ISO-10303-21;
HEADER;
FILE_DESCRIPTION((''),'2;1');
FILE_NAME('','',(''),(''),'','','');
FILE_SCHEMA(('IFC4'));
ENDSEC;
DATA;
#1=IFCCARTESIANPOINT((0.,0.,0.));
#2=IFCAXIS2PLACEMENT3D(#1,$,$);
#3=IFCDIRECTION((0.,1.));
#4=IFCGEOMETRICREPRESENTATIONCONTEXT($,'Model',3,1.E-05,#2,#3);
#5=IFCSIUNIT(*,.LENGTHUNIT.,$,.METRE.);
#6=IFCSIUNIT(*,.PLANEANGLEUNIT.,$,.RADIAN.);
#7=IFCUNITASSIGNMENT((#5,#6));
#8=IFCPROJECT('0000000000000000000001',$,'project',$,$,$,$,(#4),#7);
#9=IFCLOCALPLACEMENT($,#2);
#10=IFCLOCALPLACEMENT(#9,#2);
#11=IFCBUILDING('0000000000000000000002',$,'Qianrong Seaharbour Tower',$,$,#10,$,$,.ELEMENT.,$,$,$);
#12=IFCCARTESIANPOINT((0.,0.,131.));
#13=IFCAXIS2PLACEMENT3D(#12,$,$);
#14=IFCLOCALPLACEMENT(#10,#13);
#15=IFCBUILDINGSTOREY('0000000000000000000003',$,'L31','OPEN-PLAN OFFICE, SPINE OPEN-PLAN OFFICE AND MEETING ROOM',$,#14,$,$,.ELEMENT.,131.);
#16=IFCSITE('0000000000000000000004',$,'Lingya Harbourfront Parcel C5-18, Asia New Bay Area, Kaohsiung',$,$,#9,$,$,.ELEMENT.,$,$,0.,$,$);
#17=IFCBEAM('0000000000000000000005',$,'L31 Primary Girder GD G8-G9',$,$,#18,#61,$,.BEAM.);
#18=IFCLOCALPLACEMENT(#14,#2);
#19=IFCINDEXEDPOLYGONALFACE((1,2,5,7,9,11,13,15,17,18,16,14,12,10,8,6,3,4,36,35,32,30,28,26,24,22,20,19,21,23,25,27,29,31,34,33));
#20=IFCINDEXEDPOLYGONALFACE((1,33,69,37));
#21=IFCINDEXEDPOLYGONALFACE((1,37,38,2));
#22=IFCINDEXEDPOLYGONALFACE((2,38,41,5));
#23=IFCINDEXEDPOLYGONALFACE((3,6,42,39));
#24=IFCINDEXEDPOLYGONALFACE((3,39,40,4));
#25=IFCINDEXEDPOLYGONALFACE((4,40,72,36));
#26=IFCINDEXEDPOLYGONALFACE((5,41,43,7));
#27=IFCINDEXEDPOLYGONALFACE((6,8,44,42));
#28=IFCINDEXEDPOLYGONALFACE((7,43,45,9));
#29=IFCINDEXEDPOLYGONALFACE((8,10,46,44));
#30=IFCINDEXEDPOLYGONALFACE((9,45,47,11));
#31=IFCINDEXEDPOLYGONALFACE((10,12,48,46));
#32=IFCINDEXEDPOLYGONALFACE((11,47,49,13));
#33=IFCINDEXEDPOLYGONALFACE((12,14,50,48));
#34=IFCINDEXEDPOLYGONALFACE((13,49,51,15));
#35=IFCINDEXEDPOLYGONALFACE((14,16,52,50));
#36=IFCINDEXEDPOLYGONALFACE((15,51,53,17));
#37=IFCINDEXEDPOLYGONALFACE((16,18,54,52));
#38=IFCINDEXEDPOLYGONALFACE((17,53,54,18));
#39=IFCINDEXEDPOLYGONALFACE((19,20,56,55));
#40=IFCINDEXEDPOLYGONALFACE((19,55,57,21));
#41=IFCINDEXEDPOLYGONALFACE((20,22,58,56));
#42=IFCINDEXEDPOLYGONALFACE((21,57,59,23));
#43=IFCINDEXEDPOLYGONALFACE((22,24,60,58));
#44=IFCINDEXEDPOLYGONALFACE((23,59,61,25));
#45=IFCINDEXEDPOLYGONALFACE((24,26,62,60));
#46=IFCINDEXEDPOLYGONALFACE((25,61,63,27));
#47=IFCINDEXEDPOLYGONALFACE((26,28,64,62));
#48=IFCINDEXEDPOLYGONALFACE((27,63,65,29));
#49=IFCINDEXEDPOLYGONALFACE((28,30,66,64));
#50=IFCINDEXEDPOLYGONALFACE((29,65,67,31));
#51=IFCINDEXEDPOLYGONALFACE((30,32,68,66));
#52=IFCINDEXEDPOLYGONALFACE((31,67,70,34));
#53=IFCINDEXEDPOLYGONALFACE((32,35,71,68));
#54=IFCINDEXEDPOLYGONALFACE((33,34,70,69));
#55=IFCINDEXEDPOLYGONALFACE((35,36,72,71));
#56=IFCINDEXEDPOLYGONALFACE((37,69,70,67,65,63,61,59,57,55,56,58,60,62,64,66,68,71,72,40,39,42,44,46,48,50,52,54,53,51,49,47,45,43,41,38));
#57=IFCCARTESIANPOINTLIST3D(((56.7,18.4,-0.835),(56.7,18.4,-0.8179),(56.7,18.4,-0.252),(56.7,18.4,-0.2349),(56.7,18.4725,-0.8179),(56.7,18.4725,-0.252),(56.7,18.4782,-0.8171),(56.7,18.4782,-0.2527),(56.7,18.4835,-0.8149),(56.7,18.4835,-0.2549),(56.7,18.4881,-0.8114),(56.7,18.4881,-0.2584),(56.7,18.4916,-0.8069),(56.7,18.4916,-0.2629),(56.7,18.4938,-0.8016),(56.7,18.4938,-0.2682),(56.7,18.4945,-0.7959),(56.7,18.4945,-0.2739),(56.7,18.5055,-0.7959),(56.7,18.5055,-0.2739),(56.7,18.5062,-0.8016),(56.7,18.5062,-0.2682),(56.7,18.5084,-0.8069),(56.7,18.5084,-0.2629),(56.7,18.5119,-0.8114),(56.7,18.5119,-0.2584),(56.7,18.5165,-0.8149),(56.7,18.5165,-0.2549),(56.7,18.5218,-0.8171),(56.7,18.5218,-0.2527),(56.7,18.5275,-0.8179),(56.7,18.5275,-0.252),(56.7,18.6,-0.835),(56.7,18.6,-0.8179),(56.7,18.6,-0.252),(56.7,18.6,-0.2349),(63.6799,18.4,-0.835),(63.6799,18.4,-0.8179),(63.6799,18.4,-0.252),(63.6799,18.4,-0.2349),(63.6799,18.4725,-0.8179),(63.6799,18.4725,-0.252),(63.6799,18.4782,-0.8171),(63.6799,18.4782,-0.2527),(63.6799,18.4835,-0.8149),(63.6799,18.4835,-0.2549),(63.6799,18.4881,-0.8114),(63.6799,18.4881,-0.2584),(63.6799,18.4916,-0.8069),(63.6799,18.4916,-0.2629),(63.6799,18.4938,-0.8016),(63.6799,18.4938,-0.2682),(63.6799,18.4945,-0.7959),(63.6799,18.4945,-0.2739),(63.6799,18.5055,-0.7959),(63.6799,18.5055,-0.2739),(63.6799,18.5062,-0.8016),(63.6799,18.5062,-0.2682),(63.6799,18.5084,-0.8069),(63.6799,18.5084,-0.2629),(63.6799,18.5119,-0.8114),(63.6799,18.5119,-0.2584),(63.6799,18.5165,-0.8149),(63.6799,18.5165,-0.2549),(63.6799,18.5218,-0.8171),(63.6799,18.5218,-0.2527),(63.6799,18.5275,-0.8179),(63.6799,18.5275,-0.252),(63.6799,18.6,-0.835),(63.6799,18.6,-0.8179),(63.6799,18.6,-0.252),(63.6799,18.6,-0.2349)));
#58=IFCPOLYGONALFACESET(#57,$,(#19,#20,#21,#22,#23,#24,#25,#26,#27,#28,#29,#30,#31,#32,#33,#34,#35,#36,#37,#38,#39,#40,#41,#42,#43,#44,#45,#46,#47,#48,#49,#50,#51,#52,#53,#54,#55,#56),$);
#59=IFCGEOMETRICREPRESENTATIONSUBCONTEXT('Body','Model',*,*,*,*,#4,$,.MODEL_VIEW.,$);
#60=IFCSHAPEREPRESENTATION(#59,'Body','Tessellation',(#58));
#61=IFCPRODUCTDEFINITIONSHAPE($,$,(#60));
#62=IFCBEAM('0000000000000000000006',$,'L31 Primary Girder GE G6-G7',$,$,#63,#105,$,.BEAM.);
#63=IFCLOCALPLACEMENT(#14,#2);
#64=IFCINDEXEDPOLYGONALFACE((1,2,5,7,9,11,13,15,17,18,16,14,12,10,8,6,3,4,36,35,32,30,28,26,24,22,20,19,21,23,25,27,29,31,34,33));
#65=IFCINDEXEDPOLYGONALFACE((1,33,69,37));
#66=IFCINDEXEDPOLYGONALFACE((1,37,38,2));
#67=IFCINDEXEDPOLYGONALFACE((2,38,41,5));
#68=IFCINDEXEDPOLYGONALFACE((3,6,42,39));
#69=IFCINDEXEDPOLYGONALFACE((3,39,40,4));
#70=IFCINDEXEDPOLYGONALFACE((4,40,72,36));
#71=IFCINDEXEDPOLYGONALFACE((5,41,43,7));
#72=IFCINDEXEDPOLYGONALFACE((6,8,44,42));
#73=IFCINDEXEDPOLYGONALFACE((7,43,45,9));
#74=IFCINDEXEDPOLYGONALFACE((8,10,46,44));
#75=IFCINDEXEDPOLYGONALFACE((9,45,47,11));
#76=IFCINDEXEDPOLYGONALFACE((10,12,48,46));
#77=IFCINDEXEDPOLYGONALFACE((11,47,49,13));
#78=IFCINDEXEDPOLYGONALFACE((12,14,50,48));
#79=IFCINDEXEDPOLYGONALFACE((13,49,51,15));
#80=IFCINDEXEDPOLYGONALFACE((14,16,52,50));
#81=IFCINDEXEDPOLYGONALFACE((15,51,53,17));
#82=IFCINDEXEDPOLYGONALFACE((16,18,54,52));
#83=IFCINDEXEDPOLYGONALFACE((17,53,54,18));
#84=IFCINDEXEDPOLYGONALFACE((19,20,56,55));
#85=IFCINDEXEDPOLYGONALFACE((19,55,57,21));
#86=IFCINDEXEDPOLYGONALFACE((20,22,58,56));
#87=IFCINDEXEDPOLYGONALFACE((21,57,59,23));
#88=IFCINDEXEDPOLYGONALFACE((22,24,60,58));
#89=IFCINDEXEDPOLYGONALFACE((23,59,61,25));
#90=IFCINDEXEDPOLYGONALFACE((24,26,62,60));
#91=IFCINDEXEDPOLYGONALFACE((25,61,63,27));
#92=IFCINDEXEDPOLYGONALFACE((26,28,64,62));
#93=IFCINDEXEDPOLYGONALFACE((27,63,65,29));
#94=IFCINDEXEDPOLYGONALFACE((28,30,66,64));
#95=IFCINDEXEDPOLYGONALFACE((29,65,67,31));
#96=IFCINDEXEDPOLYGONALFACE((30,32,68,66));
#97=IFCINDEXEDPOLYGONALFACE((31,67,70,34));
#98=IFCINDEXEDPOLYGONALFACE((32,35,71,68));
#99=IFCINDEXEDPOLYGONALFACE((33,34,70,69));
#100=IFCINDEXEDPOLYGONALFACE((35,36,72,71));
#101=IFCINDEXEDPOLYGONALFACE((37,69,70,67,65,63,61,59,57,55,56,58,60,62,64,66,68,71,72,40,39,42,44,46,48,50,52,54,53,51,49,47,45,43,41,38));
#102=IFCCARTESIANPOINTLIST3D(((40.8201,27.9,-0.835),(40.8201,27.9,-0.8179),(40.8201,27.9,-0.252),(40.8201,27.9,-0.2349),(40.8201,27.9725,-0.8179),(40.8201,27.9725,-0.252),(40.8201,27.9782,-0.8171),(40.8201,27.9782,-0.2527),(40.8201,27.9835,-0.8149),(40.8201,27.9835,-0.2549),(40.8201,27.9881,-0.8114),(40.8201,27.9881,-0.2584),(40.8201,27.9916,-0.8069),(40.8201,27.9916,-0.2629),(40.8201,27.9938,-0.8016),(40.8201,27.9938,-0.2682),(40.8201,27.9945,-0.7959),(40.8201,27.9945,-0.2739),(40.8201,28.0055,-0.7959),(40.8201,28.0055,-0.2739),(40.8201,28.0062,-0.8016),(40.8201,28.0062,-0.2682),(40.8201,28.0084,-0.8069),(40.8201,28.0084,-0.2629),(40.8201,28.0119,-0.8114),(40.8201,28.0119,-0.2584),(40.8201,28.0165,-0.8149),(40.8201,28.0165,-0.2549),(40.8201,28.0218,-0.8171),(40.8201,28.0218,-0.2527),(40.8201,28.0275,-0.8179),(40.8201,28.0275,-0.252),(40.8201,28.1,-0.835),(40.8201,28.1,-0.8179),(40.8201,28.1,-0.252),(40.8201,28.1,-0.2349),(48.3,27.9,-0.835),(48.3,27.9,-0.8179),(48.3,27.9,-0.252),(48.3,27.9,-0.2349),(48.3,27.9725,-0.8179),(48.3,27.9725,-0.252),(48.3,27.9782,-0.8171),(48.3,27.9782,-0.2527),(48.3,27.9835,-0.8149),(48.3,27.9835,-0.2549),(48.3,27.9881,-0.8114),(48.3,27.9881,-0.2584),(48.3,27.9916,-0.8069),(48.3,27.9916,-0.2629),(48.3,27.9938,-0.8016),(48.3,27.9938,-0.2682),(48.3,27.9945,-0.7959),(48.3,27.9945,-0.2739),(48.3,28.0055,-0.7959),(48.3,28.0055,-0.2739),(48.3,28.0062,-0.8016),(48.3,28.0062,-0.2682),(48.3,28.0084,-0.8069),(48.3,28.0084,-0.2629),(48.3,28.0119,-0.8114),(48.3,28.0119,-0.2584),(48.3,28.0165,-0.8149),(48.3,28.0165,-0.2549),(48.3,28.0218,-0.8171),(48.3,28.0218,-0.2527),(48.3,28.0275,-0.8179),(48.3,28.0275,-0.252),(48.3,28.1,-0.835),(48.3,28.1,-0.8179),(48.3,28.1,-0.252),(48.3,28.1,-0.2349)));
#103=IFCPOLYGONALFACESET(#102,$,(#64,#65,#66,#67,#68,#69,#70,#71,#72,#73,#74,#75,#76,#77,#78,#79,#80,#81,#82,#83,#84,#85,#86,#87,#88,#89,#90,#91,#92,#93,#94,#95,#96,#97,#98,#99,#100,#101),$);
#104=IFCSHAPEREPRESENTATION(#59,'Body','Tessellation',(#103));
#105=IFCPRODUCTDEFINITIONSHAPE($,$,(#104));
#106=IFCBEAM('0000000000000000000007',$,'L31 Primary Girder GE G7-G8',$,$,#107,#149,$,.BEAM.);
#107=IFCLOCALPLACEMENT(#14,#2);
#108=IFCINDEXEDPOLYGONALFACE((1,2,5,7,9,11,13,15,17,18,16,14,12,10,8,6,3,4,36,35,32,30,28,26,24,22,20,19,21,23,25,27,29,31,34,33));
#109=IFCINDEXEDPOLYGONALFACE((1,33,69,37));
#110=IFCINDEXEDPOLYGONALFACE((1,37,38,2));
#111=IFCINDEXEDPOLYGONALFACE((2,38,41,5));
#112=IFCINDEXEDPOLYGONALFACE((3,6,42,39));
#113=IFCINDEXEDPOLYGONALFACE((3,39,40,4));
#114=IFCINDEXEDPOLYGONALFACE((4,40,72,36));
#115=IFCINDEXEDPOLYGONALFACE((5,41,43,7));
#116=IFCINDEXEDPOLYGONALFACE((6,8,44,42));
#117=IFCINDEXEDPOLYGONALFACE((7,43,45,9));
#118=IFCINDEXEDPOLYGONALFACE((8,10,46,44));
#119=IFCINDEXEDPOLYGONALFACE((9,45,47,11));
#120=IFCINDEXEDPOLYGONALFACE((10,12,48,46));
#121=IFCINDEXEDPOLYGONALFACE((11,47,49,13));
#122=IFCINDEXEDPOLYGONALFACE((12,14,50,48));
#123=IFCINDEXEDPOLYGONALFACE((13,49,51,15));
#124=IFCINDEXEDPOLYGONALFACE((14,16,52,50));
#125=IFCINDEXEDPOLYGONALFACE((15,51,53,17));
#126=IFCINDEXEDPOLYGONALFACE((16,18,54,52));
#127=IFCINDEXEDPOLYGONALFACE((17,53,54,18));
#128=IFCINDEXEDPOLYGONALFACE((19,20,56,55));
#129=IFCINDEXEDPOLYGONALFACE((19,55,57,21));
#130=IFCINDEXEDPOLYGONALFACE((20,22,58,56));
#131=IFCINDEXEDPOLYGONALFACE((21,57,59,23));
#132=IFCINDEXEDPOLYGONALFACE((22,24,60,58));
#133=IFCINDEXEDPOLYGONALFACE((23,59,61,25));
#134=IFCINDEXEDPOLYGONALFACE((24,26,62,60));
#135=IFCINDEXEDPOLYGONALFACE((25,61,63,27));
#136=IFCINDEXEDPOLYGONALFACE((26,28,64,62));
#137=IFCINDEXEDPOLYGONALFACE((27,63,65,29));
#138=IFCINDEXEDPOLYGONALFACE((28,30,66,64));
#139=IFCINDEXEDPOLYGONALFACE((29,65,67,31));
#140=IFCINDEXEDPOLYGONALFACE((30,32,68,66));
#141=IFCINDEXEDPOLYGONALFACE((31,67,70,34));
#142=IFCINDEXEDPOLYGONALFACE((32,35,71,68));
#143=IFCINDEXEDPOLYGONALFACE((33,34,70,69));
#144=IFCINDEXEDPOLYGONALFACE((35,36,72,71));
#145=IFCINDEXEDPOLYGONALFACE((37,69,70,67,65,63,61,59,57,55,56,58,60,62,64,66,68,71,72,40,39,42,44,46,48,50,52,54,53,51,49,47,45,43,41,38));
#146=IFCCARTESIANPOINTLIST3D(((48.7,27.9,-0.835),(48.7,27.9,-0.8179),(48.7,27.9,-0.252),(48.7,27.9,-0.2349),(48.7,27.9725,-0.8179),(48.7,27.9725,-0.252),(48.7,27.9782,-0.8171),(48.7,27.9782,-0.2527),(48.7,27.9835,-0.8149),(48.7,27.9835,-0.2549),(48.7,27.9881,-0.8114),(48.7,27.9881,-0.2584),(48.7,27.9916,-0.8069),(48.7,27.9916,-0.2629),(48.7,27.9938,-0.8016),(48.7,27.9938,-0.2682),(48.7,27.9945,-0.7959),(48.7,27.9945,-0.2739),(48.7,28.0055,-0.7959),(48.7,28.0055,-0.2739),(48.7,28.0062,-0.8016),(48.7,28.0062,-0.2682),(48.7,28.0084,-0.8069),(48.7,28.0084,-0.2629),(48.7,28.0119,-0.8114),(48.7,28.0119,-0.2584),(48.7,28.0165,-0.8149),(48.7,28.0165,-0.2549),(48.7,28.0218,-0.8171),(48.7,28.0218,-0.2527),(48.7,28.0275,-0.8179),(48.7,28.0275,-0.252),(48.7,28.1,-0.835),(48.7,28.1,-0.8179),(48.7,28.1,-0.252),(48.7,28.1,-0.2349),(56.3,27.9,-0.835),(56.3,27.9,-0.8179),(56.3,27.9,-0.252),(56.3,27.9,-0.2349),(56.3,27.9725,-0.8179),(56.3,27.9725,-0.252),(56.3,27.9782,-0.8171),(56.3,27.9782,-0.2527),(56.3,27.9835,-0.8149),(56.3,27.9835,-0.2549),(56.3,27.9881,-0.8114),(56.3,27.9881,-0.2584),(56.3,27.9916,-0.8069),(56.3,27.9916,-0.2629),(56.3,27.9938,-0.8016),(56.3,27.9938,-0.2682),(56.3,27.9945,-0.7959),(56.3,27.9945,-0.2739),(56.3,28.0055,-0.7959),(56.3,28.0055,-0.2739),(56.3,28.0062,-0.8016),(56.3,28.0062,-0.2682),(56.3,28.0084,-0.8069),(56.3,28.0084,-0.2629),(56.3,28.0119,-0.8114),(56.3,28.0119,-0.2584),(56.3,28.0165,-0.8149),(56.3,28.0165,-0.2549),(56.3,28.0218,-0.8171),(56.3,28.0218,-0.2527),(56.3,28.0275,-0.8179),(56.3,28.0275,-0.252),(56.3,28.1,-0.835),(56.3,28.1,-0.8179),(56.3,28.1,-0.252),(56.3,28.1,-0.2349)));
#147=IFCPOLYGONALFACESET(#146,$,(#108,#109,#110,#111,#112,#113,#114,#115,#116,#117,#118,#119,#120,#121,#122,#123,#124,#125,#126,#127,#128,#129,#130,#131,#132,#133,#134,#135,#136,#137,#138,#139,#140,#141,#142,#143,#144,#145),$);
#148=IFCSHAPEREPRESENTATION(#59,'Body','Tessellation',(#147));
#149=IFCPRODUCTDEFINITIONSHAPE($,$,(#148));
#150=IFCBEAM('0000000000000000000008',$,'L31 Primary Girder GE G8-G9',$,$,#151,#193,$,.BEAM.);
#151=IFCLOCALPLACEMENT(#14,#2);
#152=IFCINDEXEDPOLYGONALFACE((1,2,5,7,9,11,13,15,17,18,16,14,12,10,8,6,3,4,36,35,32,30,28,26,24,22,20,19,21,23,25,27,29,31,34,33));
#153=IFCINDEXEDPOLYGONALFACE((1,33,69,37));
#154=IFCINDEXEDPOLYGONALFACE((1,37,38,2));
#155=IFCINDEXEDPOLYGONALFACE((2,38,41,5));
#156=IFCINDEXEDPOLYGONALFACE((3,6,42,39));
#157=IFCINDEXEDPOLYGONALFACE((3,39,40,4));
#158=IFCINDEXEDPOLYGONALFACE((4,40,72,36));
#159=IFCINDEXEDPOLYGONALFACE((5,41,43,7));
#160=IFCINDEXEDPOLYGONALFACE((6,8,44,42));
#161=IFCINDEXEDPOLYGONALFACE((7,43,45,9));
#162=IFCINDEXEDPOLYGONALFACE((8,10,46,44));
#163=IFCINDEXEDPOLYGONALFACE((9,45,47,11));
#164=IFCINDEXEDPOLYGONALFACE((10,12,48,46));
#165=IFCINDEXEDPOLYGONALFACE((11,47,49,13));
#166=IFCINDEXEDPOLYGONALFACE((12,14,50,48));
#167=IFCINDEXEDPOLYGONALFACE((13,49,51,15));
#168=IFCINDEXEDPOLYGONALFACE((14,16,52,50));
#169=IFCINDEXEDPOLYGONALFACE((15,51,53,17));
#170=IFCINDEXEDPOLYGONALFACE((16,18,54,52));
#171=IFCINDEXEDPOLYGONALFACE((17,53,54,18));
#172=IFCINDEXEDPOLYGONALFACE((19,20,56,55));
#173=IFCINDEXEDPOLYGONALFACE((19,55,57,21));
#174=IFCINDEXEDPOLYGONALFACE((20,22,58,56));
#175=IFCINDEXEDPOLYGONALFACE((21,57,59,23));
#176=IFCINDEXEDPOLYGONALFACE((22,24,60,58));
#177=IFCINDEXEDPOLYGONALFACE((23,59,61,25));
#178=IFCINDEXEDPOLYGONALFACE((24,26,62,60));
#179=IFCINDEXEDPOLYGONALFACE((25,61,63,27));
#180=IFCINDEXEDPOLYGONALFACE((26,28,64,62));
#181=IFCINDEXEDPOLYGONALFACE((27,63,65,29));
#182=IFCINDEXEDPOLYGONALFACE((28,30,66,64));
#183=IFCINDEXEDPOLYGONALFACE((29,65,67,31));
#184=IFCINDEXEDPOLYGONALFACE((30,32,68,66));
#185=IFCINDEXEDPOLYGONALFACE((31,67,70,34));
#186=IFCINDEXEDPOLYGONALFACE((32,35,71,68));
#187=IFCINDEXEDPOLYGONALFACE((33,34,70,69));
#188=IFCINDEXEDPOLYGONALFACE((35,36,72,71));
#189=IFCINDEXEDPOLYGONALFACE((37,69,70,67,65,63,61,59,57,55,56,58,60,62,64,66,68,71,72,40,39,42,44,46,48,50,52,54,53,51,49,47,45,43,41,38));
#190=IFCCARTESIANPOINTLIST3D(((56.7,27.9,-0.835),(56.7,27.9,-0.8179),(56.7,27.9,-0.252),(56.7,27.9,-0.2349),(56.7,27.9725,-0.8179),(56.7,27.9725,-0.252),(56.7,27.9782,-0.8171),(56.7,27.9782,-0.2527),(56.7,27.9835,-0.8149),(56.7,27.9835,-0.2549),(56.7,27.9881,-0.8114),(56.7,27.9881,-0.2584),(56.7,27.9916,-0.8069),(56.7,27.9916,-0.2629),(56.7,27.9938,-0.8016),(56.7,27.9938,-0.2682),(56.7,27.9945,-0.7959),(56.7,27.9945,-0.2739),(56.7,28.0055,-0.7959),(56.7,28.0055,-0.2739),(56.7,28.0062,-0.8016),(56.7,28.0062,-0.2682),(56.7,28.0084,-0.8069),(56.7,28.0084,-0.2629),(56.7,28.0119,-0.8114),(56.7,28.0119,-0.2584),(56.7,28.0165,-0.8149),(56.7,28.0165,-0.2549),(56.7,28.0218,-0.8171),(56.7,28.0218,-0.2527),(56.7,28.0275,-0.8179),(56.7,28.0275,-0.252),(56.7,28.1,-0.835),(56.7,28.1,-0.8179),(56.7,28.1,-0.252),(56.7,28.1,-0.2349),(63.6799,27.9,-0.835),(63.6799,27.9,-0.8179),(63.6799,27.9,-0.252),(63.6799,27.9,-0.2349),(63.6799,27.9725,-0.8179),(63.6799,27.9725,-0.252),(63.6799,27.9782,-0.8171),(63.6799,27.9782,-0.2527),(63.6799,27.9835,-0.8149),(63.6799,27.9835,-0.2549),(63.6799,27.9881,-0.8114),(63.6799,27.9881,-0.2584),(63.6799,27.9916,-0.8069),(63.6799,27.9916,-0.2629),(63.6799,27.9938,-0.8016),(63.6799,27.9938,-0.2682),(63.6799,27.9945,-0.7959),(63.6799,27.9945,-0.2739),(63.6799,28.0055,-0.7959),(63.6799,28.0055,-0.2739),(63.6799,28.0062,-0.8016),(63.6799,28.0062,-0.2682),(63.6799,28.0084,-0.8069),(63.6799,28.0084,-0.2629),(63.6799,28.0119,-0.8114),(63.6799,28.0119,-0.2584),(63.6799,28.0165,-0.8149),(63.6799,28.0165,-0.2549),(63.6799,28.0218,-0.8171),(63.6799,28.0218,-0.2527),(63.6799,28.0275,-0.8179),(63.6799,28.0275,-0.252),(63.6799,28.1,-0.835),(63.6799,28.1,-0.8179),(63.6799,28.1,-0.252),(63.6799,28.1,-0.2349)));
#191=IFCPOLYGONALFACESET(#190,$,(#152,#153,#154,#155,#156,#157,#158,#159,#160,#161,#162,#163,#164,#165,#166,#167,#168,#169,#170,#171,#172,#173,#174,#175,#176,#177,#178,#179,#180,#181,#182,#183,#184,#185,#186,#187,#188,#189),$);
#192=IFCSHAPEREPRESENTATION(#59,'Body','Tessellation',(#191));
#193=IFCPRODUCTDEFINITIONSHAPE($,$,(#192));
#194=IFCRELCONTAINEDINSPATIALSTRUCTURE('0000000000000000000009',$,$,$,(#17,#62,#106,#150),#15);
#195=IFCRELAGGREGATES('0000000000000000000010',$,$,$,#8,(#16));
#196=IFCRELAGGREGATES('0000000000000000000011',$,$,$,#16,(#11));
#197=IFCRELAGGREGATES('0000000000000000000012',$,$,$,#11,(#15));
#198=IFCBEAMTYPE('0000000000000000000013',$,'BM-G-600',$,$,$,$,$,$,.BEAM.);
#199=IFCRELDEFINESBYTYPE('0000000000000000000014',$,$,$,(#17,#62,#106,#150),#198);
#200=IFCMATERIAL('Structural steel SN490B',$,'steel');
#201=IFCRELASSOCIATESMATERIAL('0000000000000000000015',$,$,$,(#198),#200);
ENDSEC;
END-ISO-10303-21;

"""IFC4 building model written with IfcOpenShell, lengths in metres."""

from ifc_helpers import new_model, si_unit, direction, frame, origin, origin_2d, place, context, subcontext, project, spatial, i_section, extrude, material, material_profile, profile_set, type_object, element, save


model = new_model("IFC4")

# Units and contexts
model_context = context("Model", 3, precision=1e-05, world=origin(), true_north=direction((0.0, 1.0)))
body_context = subcontext(model_context, "Body", "Model", "MODEL_VIEW")
ifc_project = project(units=[si_unit("LENGTHUNIT", "METRE"), si_unit("PLANEANGLEUNIT", "RADIAN")], contexts=[model_context])

# Site, building, storey
site_placement = place(None, origin())
site = spatial("IfcSite", under=ifc_project, at=site_placement, Name="Lingya Harbourfront Parcel C5-18, Asia New Bay Area, Kaohsiung", CompositionType="ELEMENT", RefElevation=0.0)
building_placement = place(site_placement, origin())
building = spatial("IfcBuilding", under=site, at=building_placement, Name="Qianrong Seaharbour Tower", CompositionType="ELEMENT")
storey_placement = place(building_placement, frame((0.0, 0.0, 131.0)))
storey = spatial("IfcBuildingStorey", under=building, at=storey_placement, Name="L31", Description="OPEN-PLAN OFFICE, SPINE OPEN-PLAN OFFICE AND MEETING ROOM", CompositionType="ELEMENT", Elevation=131.0)

# Shared definitions
ifc_material_1 = material(Name="Structural steel SN490B", Category="steel")

# Beams
ifc_material_profile_1 = material_profile(ifc_material_1, i_section(OverallWidth=0.2, OverallDepth=0.6001, WebThickness=0.011, FlangeThickness=0.0171, FilletRadius=0.022, at=origin_2d()), Name="H600x200x11x17")
ifc_profile_set_1 = profile_set([ifc_material_profile_1], Name="Structural steel SN490B")
beam_type_1 = type_object("IfcBeamType", Name="BM-G-600", PredefinedType="BEAM", material=ifc_profile_set_1)
beam_1_placement = place(storey_placement, frame((56.7, 18.5, -0.5349), z_axis=(1.0, 0.0, 0.0), x_axis=(0.0, 1.0, 0.0)))
element("IfcBeam", 1, at=beam_1_placement, inside=storey, type_object=beam_type_1, Name="L31 Primary Girder GD G8-G9", PredefinedType="BEAM", context=body_context, shape_type="SweptSolid", body=[
    extrude(i_section(OverallWidth=0.2, OverallDepth=0.6001, WebThickness=0.011, FlangeThickness=0.0171, FilletRadius=0.022, at=origin_2d()), origin(), (0.0, 0.0, 1.0), 6.98),
])
beam_2_placement = place(storey_placement, frame((40.8201, 28.0, -0.5349), z_axis=(1.0, 0.0, 0.0), x_axis=(0.0, 1.0, 0.0)))
element("IfcBeam", 2, at=beam_2_placement, inside=storey, type_object=beam_type_1, Name="L31 Primary Girder GE G6-G7", PredefinedType="BEAM", context=body_context, shape_type="SweptSolid", body=[
    extrude(i_section(OverallWidth=0.2, OverallDepth=0.6001, WebThickness=0.011, FlangeThickness=0.0171, FilletRadius=0.022, at=origin_2d()), origin(), (0.0, 0.0, 1.0), 7.48),
])
beam_3_placement = place(storey_placement, frame((48.7, 28.0, -0.5349), z_axis=(1.0, 0.0, 0.0), x_axis=(0.0, 1.0, 0.0)))
element("IfcBeam", 3, at=beam_3_placement, inside=storey, type_object=beam_type_1, Name="L31 Primary Girder GE G7-G8", PredefinedType="BEAM", context=body_context, shape_type="SweptSolid", body=[
    extrude(i_section(OverallWidth=0.2, OverallDepth=0.6001, WebThickness=0.011, FlangeThickness=0.0171, FilletRadius=0.022, at=origin_2d()), origin(), (0.0, 0.0, 1.0), 7.6001),
])
beam_4_placement = place(storey_placement, frame((56.7, 28.0, -0.5349), z_axis=(1.0, 0.0, 0.0), x_axis=(0.0, 1.0, 0.0)))
element("IfcBeam", 4, at=beam_4_placement, inside=storey, type_object=beam_type_1, Name="L31 Primary Girder GE G8-G9", PredefinedType="BEAM", context=body_context, shape_type="SweptSolid", body=[
    extrude(i_section(OverallWidth=0.2, OverallDepth=0.6001, WebThickness=0.011, FlangeThickness=0.0171, FilletRadius=0.022, at=origin_2d()), origin(), (0.0, 0.0, 1.0), 6.98),
])

save(model, "model.ifc")
